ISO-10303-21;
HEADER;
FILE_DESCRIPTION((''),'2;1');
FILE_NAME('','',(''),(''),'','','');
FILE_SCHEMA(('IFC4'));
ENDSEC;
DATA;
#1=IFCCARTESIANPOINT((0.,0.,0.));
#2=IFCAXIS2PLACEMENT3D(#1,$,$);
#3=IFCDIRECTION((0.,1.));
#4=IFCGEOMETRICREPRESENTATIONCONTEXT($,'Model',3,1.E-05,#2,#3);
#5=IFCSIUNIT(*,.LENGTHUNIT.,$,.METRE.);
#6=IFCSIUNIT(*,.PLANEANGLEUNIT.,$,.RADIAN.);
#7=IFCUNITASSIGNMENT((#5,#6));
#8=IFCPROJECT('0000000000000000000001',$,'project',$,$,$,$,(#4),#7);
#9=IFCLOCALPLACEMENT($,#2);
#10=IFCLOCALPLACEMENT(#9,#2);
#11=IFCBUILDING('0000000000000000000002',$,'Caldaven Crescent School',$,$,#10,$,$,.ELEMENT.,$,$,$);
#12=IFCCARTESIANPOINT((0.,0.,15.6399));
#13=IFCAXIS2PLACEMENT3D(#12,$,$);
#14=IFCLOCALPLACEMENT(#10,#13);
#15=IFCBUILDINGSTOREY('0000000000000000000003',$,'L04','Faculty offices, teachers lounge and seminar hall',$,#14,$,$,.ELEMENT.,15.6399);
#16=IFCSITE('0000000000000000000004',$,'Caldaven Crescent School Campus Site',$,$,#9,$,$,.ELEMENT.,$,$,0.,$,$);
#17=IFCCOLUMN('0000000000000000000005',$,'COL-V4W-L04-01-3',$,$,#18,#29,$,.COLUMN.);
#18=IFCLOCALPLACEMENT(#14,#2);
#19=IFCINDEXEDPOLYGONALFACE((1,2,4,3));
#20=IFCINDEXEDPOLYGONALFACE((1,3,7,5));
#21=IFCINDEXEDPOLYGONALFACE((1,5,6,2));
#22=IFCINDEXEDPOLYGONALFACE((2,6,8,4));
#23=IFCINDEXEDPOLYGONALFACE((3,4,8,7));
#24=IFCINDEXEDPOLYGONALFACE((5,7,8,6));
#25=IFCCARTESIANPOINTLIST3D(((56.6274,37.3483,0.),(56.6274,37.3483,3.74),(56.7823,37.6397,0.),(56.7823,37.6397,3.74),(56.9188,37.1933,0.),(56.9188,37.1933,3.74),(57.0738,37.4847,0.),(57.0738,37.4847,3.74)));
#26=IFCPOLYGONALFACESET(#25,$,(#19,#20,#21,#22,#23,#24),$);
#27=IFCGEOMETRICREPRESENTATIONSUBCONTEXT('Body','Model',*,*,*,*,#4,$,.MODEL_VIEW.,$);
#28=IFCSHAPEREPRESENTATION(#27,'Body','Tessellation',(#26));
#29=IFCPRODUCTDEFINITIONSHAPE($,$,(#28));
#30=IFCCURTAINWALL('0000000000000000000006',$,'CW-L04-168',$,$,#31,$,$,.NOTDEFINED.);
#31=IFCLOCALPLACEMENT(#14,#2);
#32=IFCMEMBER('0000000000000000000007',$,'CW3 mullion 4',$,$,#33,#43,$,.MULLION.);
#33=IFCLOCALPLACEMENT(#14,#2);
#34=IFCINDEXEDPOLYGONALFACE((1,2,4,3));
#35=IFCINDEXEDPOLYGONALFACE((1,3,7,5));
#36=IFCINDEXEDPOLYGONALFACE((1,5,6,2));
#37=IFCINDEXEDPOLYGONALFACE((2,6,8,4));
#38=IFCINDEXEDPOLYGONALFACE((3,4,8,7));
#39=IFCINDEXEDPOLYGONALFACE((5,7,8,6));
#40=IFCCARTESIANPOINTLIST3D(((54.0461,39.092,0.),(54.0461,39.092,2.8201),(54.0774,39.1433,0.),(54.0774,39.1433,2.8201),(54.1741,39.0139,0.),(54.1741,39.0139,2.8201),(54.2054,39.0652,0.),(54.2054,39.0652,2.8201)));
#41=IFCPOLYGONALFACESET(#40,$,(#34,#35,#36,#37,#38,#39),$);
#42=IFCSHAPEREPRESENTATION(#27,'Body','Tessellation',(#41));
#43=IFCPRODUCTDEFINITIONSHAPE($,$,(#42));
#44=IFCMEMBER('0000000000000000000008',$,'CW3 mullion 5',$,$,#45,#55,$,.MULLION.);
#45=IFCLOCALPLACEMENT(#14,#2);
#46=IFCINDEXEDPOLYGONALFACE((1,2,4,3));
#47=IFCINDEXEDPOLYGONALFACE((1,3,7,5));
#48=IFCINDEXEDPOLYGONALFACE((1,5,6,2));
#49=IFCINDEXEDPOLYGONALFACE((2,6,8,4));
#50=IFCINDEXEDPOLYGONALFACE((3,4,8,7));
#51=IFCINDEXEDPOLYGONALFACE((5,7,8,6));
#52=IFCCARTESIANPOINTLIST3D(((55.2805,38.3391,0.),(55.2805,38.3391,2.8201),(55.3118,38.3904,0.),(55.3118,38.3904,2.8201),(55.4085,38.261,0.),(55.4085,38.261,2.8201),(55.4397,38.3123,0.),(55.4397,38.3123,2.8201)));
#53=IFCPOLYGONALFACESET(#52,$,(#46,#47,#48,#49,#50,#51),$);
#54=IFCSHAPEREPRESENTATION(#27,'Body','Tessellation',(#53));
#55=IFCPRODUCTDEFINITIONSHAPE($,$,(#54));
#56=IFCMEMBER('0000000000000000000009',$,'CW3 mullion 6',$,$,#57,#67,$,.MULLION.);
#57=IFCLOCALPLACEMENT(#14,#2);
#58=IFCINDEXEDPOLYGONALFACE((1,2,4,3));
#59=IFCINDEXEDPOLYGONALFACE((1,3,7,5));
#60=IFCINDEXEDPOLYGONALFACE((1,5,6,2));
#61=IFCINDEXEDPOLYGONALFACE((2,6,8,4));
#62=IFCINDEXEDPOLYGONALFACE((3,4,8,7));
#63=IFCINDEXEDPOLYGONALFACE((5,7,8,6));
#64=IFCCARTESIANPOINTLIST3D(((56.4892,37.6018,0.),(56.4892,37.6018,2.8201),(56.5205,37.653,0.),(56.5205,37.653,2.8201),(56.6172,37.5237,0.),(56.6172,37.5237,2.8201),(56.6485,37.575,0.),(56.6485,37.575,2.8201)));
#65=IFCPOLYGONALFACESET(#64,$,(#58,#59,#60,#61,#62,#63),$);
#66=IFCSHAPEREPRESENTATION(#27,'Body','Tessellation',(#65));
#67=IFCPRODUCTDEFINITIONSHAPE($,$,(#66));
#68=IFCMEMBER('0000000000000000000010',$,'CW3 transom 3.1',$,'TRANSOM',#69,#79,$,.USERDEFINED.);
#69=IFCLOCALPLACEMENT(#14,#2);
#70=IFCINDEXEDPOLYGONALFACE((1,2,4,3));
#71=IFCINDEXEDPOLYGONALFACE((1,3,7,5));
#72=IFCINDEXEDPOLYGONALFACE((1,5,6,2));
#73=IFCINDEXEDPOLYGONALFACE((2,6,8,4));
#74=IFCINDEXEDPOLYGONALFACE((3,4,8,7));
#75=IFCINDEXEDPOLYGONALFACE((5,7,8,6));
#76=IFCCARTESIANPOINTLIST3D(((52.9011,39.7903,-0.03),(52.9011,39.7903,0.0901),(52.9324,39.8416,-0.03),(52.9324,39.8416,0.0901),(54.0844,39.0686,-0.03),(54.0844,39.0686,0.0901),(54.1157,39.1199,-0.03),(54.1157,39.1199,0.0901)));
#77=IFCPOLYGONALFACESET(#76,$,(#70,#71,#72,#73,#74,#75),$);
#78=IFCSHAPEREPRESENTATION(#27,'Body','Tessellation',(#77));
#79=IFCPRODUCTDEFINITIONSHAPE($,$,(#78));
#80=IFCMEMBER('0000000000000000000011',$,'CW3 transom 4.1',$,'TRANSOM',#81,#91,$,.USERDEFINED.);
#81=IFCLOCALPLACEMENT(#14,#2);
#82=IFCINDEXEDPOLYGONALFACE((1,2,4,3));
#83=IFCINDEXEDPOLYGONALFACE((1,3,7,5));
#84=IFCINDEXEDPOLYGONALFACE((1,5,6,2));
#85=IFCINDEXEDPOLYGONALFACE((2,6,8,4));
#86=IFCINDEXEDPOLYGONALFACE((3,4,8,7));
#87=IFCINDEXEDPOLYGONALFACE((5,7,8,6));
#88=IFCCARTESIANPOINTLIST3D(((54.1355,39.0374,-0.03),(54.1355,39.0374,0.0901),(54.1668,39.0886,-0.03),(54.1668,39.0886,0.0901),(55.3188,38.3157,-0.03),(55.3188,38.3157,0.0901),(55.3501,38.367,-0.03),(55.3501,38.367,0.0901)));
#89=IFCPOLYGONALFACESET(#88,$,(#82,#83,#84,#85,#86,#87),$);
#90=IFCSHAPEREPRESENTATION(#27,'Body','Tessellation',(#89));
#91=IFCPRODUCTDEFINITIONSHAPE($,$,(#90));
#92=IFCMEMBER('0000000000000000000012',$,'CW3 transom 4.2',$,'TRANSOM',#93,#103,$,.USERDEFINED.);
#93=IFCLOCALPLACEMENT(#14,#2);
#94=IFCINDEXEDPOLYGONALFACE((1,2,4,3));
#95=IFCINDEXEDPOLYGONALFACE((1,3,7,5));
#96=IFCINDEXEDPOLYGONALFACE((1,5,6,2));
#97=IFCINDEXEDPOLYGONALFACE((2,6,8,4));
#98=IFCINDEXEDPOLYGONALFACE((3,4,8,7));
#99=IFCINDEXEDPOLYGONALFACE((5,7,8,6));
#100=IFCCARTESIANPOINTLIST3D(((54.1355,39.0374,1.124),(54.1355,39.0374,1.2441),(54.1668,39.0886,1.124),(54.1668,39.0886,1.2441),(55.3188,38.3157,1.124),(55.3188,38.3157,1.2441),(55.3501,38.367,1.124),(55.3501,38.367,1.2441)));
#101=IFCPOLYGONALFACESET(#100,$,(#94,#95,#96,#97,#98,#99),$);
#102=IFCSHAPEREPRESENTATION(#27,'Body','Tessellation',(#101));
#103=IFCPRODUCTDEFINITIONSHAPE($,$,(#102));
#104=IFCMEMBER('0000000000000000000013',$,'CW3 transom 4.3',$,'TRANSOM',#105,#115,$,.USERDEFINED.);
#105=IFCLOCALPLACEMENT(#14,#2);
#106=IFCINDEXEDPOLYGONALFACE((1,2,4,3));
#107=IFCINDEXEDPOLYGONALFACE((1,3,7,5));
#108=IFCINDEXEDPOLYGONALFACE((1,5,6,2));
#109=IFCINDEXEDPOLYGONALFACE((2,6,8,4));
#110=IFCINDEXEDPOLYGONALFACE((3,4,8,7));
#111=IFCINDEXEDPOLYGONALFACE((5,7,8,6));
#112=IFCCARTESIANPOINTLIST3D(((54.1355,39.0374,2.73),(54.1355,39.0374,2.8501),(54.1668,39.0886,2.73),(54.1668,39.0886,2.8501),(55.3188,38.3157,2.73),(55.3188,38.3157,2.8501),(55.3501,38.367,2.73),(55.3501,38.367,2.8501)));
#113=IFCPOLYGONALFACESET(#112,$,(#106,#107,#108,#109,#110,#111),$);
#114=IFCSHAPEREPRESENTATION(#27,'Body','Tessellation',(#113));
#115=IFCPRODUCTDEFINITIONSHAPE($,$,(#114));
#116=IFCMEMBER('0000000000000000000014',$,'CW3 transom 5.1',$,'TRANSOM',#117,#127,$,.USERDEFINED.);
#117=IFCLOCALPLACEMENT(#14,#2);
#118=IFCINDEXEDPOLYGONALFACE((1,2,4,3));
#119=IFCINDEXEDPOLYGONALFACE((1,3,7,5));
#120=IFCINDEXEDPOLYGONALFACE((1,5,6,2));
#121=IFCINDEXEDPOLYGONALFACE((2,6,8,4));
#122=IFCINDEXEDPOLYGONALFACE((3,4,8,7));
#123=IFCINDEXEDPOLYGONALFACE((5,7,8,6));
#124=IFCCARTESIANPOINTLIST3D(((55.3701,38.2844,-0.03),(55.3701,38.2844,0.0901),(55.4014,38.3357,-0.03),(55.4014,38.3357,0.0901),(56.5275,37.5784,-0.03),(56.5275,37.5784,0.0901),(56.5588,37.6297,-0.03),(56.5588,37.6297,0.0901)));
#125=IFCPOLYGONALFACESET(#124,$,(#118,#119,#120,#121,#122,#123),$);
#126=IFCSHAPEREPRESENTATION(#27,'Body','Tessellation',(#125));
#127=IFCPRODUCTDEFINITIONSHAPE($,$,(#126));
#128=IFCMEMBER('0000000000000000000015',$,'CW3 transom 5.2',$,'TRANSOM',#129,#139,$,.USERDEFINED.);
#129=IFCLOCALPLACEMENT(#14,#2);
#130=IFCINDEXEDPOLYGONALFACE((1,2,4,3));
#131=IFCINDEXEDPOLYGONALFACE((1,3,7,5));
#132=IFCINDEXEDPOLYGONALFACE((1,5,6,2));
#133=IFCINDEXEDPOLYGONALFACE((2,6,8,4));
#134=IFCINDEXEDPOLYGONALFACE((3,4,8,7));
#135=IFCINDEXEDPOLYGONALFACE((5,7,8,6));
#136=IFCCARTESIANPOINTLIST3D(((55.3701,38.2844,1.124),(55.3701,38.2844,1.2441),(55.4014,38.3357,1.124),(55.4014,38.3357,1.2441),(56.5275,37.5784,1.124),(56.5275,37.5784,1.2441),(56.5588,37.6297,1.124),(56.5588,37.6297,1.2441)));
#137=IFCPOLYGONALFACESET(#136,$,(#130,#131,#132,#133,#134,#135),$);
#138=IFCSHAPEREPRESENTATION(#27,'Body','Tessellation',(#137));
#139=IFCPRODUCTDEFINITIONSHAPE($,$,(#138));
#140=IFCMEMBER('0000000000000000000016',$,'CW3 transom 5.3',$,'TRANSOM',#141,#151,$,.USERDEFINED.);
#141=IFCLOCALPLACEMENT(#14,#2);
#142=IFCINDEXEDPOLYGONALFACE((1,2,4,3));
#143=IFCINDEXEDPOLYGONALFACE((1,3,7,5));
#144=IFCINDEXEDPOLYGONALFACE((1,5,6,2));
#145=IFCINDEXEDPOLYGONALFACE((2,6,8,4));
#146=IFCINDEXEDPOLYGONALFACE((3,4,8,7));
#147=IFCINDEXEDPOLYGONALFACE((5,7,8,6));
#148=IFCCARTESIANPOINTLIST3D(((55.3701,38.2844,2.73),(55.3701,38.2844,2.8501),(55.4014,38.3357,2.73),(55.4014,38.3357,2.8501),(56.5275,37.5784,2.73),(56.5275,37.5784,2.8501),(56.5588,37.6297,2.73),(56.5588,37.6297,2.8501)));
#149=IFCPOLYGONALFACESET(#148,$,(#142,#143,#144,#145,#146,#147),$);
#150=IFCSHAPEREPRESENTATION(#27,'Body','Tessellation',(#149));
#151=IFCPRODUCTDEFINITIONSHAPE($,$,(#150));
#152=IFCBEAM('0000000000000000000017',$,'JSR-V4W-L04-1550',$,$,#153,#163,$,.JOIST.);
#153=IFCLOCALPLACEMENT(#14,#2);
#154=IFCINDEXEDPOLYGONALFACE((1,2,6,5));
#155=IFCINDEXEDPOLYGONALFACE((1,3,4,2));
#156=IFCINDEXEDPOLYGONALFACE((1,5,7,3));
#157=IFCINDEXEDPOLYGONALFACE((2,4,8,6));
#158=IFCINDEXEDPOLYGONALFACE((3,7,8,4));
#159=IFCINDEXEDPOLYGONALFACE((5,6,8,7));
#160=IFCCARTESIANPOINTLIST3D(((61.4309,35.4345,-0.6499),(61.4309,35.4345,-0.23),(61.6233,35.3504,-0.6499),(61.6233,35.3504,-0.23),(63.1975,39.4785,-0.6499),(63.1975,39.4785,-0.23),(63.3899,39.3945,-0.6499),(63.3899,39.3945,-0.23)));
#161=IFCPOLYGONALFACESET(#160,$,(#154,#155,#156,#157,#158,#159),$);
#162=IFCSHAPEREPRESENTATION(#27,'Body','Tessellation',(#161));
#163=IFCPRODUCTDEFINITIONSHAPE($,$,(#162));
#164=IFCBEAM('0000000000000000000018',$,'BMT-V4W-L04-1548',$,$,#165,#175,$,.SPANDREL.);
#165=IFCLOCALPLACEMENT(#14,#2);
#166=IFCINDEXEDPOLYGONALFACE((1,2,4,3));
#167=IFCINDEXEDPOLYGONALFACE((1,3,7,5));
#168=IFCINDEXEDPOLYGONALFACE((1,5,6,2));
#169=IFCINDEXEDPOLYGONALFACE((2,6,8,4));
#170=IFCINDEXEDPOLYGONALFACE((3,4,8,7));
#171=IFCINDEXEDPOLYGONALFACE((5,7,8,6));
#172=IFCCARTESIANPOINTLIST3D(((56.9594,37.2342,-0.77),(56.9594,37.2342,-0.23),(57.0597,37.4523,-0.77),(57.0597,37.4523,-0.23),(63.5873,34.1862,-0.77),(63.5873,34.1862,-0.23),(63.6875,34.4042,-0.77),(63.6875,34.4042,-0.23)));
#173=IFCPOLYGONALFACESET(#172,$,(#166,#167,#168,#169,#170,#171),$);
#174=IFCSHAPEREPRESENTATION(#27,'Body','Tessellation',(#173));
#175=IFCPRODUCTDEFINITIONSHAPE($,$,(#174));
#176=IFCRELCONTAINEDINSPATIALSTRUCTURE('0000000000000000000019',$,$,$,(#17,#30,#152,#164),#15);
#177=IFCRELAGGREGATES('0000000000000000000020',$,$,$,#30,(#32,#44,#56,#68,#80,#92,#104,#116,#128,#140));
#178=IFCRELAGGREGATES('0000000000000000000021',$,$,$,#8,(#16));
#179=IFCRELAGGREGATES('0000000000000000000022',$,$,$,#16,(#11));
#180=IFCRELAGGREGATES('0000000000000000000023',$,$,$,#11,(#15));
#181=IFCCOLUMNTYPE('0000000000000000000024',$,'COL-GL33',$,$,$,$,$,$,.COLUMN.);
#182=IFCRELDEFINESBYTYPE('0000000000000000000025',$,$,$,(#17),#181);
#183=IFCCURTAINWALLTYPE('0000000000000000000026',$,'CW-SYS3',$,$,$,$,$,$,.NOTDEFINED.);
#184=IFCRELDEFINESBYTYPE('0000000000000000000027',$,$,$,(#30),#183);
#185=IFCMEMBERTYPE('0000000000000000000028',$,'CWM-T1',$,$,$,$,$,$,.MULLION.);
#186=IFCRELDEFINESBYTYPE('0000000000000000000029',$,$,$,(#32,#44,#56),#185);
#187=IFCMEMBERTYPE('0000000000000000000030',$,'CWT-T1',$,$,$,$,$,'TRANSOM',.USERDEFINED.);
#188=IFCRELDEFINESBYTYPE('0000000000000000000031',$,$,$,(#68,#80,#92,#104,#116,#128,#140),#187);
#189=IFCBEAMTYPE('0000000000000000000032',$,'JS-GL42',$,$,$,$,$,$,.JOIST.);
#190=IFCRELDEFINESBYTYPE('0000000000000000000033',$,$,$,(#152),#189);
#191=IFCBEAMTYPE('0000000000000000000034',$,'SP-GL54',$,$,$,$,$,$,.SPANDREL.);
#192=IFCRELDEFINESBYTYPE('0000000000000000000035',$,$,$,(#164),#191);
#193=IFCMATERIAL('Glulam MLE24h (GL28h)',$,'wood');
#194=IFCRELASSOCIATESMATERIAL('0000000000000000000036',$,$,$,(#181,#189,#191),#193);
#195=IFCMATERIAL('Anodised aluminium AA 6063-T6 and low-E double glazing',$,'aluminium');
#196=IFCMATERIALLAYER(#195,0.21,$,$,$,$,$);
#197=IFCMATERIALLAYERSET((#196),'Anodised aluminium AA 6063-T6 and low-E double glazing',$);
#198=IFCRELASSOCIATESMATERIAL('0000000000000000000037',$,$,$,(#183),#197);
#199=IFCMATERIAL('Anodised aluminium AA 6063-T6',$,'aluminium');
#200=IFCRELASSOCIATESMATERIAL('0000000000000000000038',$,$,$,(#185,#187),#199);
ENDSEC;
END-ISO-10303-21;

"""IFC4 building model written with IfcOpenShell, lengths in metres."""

from ifc_helpers import new_model, si_unit, direction, frame, origin, origin_2d, place, context, subcontext, project, spatial, rectangle, extrude, material, layer, layer_set, material_profile, profile_set, type_object, element, aggregate, save


model = new_model("IFC4")

# Units and contexts
model_context = context("Model", 3, precision=1e-05, world=origin(), true_north=direction((0.0, 1.0)))
body_context = subcontext(model_context, "Body", "Model", "MODEL_VIEW")
ifc_project = project(units=[si_unit("LENGTHUNIT", "METRE"), si_unit("PLANEANGLEUNIT", "RADIAN")], contexts=[model_context])

# Site, building, storey
site_placement = place(None, origin())
site = spatial("IfcSite", under=ifc_project, at=site_placement, Name="Caldaven Crescent School Campus Site", CompositionType="ELEMENT", RefElevation=0.0)
building_placement = place(site_placement, origin())
building = spatial("IfcBuilding", under=site, at=building_placement, Name="Caldaven Crescent School", CompositionType="ELEMENT")
storey_placement = place(building_placement, frame((0.0, 0.0, 15.6399)))
storey = spatial("IfcBuildingStorey", under=building, at=storey_placement, Name="L04", Description="Faculty offices, teachers lounge and seminar hall", CompositionType="ELEMENT", Elevation=15.6399)

# Column
ifc_material_1 = material(Name="Glulam MLE24h (GL28h)", Category="wood")
ifc_material_profile_1 = material_profile(ifc_material_1, rectangle(XDim=0.3301, YDim=0.3301, at=origin_2d()), Name="MLE 330x330")
ifc_profile_set_1 = profile_set([ifc_material_profile_1], Name="Glulam MLE24h (GL28h)")
column_type = type_object("IfcColumnType", Name="COL-GL33", PredefinedType="COLUMN", material=ifc_profile_set_1)
column_placement = place(storey_placement, frame((56.8506, 37.4165, 0.0), z_axis=(0.0, 0.0, 1.0), x_axis=(-0.469472, -0.882948, 0.0)))
element("IfcColumn", 1, at=column_placement, inside=storey, type_object=column_type, Name="COL-V4W-L04-01-3", PredefinedType="COLUMN", context=body_context, shape_type="SweptSolid", body=[
    extrude(rectangle(XDim=0.3301, YDim=0.3301, at=origin_2d()), origin(), (0.0, 0.0, 1.0), 3.74),
])

# Curtain wall, members
ifc_material_2 = material(Name="Anodised aluminium AA 6063-T6 and low-E double glazing", Category="aluminium")
ifc_layer_1 = layer(ifc_material_2, 0.21)
ifc_layer_set_1 = layer_set([ifc_layer_1], Name="Anodised aluminium AA 6063-T6 and low-E double glazing")
curtain_wall_type = type_object("IfcCurtainWallType", Name="CW-SYS3", PredefinedType="NOTDEFINED", material=ifc_layer_set_1)
curtain_wall_placement = place(storey_placement, origin())
curtain_wall = element("IfcCurtainWall", 2, at=curtain_wall_placement, inside=storey, type_object=curtain_wall_type, Name="CW-L04-168", PredefinedType="NOTDEFINED")
ifc_material_3 = material(Name="Anodised aluminium AA 6063-T6", Category="aluminium")
ifc_material_profile_2 = material_profile(ifc_material_3, rectangle(XDim=0.0601, YDim=0.1499, at=origin_2d()), Name="CWM 60x150")
ifc_profile_set_2 = profile_set([ifc_material_profile_2], Name="Anodised aluminium AA 6063-T6")
member_type_1 = type_object("IfcMemberType", Name="CWM-T1", PredefinedType="MULLION", material=ifc_profile_set_2)
member_1_placement = place(storey_placement, frame((54.1257, 39.0786, 0.0), z_axis=(0.0, 0.0, 1.0), x_axis=(0.52075, 0.853709, 0.0)))
member_1 = element("IfcMember", 3, at=member_1_placement, type_object=member_type_1, Name="CW3 mullion 4", PredefinedType="MULLION", context=body_context, shape_type="SweptSolid", body=[
    extrude(rectangle(XDim=0.0601, YDim=0.1499, at=origin_2d()), origin(), (0.0, 0.0, 1.0), 2.8201),
])
member_2_placement = place(storey_placement, frame((55.3601, 38.3257, 0.0), z_axis=(0.0, 0.0, 1.0), x_axis=(0.52075, 0.853709, 0.0)))
member_2 = element("IfcMember", 4, at=member_2_placement, type_object=member_type_1, Name="CW3 mullion 5", PredefinedType="MULLION", context=body_context, shape_type="SweptSolid", body=[
    extrude(rectangle(XDim=0.0601, YDim=0.1499, at=origin_2d()), origin(), (0.0, 0.0, 1.0), 2.8201),
])
member_3_placement = place(storey_placement, frame((56.5688, 37.5884, 0.0), z_axis=(0.0, 0.0, 1.0), x_axis=(0.52075, 0.853709, 0.0)))
member_3 = element("IfcMember", 5, at=member_3_placement, type_object=member_type_1, Name="CW3 mullion 6", PredefinedType="MULLION", context=body_context, shape_type="SweptSolid", body=[
    extrude(rectangle(XDim=0.0601, YDim=0.1499, at=origin_2d()), origin(), (0.0, 0.0, 1.0), 2.8201),
])
ifc_material_profile_3 = material_profile(ifc_material_3, rectangle(XDim=0.0601, YDim=0.1201, at=origin_2d()), Name="CWT 60x120")
ifc_profile_set_3 = profile_set([ifc_material_profile_3], Name="Anodised aluminium AA 6063-T6")
member_type_2 = type_object("IfcMemberType", Name="CWT-T1", ElementType="TRANSOM", PredefinedType="USERDEFINED", material=ifc_profile_set_3)
member_4_placement = place(storey_placement, frame((52.9167, 39.8159, 0.03), z_axis=(0.853756, -0.520673, 0.0), x_axis=(0.520673, 0.853756, 0.0)))
member_4 = element("IfcMember", 6, at=member_4_placement, type_object=member_type_2, Name="CW3 transom 3.1", ObjectType="TRANSOM", PredefinedType="USERDEFINED", context=body_context, shape_type="SweptSolid", body=[
    extrude(rectangle(XDim=0.0601, YDim=0.1201, at=origin_2d()), origin(), (0.0, 0.0, 1.0), 1.386),
])
member_5_placement = place(storey_placement, frame((54.1511, 39.063, 0.03), z_axis=(0.853756, -0.520673, 0.0), x_axis=(0.520673, 0.853756, 0.0)))
member_5 = element("IfcMember", 7, at=member_5_placement, type_object=member_type_2, Name="CW3 transom 4.1", ObjectType="TRANSOM", PredefinedType="USERDEFINED", context=body_context, shape_type="SweptSolid", body=[
    extrude(rectangle(XDim=0.0601, YDim=0.1201, at=origin_2d()), origin(), (0.0, 0.0, 1.0), 1.386),
])
member_6_placement = place(storey_placement, frame((54.1511, 39.063, 1.1841), z_axis=(0.853756, -0.520673, 0.0), x_axis=(0.520673, 0.853756, 0.0)))
member_6 = element("IfcMember", 8, at=member_6_placement, type_object=member_type_2, Name="CW3 transom 4.2", ObjectType="TRANSOM", PredefinedType="USERDEFINED", context=body_context, shape_type="SweptSolid", body=[
    extrude(rectangle(XDim=0.0601, YDim=0.1201, at=origin_2d()), origin(), (0.0, 0.0, 1.0), 1.386),
])
member_7_placement = place(storey_placement, frame((54.1511, 39.063, 2.79), z_axis=(0.853756, -0.520673, 0.0), x_axis=(0.520673, 0.853756, 0.0)))
member_7 = element("IfcMember", 9, at=member_7_placement, type_object=member_type_2, Name="CW3 transom 4.3", ObjectType="TRANSOM", PredefinedType="USERDEFINED", context=body_context, shape_type="SweptSolid", body=[
    extrude(rectangle(XDim=0.0601, YDim=0.1201, at=origin_2d()), origin(), (0.0, 0.0, 1.0), 1.386),
])
member_8_placement = place(storey_placement, frame((55.3857, 38.3101, 0.03), z_axis=(0.853704, -0.520758, 0.0), x_axis=(0.520758, 0.853704, 0.0)))
member_8 = element("IfcMember", 10, at=member_8_placement, type_object=member_type_2, Name="CW3 transom 5.1", ObjectType="TRANSOM", PredefinedType="USERDEFINED", context=body_context, shape_type="SweptSolid", body=[
    extrude(rectangle(XDim=0.0601, YDim=0.1201, at=origin_2d()), origin(), (0.0, 0.0, 1.0), 1.3557),
])
member_9_placement = place(storey_placement, frame((55.3857, 38.3101, 1.1841), z_axis=(0.853704, -0.520758, 0.0), x_axis=(0.520758, 0.853704, 0.0)))
member_9 = element("IfcMember", 11, at=member_9_placement, type_object=member_type_2, Name="CW3 transom 5.2", ObjectType="TRANSOM", PredefinedType="USERDEFINED", context=body_context, shape_type="SweptSolid", body=[
    extrude(rectangle(XDim=0.0601, YDim=0.1201, at=origin_2d()), origin(), (0.0, 0.0, 1.0), 1.3557),
])
member_10_placement = place(storey_placement, frame((55.3857, 38.3101, 2.79), z_axis=(0.853704, -0.520758, 0.0), x_axis=(0.520758, 0.853704, 0.0)))
member_10 = element("IfcMember", 12, at=member_10_placement, type_object=member_type_2, Name="CW3 transom 5.3", ObjectType="TRANSOM", PredefinedType="USERDEFINED", context=body_context, shape_type="SweptSolid", body=[
    extrude(rectangle(XDim=0.0601, YDim=0.1201, at=origin_2d()), origin(), (0.0, 0.0, 1.0), 1.3557),
])

# Beams
ifc_material_profile_4 = material_profile(ifc_material_1, rectangle(XDim=0.21, YDim=0.4199, at=origin_2d()), Name="MLE 210x420")
ifc_profile_set_4 = profile_set([ifc_material_profile_4], Name="Glulam MLE24h (GL28h)")
beam_type_1 = type_object("IfcBeamType", Name="JS-GL42", PredefinedType="JOIST", material=ifc_profile_set_4)
beam_1_placement = place(storey_placement, frame((63.2937, 39.4365, -0.4399), z_axis=(-0.400299, -0.916384, 0.0), x_axis=(0.916384, -0.400299, 0.0)))
element("IfcBeam", 13, at=beam_1_placement, inside=storey, type_object=beam_type_1, Name="JSR-V4W-L04-1550", PredefinedType="JOIST", context=body_context, shape_type="SweptSolid", body=[
    extrude(rectangle(XDim=0.21, YDim=0.4199, at=origin_2d()), origin(), (0.0, 0.0, 1.0), 4.4131),
])
ifc_material_profile_5 = material_profile(ifc_material_1, rectangle(XDim=0.24, YDim=0.54, at=origin_2d()), Name="MLE 240x540")
ifc_profile_set_5 = profile_set([ifc_material_profile_5], Name="Glulam MLE24h (GL28h)")
beam_type_2 = type_object("IfcBeamType", Name="SP-GL54", PredefinedType="SPANDREL", material=ifc_profile_set_5)
beam_2_placement = place(storey_placement, frame((57.0095, 37.3433, -0.5), z_axis=(0.90853, -0.417821, 0.0), x_axis=(0.417821, 0.90853, 0.0)))
element("IfcBeam", 14, at=beam_2_placement, inside=storey, type_object=beam_type_2, Name="BMT-V4W-L04-1548", PredefinedType="SPANDREL", context=body_context, shape_type="SweptSolid", body=[
    extrude(rectangle(XDim=0.24, YDim=0.54, at=origin_2d()), origin(), (0.0, 0.0, 1.0), 7.2952),
])

aggregate(curtain_wall, [member_1, member_2, member_3, member_4, member_5, member_6, member_7, member_8, member_9, member_10])

save(model, "model.ifc")
